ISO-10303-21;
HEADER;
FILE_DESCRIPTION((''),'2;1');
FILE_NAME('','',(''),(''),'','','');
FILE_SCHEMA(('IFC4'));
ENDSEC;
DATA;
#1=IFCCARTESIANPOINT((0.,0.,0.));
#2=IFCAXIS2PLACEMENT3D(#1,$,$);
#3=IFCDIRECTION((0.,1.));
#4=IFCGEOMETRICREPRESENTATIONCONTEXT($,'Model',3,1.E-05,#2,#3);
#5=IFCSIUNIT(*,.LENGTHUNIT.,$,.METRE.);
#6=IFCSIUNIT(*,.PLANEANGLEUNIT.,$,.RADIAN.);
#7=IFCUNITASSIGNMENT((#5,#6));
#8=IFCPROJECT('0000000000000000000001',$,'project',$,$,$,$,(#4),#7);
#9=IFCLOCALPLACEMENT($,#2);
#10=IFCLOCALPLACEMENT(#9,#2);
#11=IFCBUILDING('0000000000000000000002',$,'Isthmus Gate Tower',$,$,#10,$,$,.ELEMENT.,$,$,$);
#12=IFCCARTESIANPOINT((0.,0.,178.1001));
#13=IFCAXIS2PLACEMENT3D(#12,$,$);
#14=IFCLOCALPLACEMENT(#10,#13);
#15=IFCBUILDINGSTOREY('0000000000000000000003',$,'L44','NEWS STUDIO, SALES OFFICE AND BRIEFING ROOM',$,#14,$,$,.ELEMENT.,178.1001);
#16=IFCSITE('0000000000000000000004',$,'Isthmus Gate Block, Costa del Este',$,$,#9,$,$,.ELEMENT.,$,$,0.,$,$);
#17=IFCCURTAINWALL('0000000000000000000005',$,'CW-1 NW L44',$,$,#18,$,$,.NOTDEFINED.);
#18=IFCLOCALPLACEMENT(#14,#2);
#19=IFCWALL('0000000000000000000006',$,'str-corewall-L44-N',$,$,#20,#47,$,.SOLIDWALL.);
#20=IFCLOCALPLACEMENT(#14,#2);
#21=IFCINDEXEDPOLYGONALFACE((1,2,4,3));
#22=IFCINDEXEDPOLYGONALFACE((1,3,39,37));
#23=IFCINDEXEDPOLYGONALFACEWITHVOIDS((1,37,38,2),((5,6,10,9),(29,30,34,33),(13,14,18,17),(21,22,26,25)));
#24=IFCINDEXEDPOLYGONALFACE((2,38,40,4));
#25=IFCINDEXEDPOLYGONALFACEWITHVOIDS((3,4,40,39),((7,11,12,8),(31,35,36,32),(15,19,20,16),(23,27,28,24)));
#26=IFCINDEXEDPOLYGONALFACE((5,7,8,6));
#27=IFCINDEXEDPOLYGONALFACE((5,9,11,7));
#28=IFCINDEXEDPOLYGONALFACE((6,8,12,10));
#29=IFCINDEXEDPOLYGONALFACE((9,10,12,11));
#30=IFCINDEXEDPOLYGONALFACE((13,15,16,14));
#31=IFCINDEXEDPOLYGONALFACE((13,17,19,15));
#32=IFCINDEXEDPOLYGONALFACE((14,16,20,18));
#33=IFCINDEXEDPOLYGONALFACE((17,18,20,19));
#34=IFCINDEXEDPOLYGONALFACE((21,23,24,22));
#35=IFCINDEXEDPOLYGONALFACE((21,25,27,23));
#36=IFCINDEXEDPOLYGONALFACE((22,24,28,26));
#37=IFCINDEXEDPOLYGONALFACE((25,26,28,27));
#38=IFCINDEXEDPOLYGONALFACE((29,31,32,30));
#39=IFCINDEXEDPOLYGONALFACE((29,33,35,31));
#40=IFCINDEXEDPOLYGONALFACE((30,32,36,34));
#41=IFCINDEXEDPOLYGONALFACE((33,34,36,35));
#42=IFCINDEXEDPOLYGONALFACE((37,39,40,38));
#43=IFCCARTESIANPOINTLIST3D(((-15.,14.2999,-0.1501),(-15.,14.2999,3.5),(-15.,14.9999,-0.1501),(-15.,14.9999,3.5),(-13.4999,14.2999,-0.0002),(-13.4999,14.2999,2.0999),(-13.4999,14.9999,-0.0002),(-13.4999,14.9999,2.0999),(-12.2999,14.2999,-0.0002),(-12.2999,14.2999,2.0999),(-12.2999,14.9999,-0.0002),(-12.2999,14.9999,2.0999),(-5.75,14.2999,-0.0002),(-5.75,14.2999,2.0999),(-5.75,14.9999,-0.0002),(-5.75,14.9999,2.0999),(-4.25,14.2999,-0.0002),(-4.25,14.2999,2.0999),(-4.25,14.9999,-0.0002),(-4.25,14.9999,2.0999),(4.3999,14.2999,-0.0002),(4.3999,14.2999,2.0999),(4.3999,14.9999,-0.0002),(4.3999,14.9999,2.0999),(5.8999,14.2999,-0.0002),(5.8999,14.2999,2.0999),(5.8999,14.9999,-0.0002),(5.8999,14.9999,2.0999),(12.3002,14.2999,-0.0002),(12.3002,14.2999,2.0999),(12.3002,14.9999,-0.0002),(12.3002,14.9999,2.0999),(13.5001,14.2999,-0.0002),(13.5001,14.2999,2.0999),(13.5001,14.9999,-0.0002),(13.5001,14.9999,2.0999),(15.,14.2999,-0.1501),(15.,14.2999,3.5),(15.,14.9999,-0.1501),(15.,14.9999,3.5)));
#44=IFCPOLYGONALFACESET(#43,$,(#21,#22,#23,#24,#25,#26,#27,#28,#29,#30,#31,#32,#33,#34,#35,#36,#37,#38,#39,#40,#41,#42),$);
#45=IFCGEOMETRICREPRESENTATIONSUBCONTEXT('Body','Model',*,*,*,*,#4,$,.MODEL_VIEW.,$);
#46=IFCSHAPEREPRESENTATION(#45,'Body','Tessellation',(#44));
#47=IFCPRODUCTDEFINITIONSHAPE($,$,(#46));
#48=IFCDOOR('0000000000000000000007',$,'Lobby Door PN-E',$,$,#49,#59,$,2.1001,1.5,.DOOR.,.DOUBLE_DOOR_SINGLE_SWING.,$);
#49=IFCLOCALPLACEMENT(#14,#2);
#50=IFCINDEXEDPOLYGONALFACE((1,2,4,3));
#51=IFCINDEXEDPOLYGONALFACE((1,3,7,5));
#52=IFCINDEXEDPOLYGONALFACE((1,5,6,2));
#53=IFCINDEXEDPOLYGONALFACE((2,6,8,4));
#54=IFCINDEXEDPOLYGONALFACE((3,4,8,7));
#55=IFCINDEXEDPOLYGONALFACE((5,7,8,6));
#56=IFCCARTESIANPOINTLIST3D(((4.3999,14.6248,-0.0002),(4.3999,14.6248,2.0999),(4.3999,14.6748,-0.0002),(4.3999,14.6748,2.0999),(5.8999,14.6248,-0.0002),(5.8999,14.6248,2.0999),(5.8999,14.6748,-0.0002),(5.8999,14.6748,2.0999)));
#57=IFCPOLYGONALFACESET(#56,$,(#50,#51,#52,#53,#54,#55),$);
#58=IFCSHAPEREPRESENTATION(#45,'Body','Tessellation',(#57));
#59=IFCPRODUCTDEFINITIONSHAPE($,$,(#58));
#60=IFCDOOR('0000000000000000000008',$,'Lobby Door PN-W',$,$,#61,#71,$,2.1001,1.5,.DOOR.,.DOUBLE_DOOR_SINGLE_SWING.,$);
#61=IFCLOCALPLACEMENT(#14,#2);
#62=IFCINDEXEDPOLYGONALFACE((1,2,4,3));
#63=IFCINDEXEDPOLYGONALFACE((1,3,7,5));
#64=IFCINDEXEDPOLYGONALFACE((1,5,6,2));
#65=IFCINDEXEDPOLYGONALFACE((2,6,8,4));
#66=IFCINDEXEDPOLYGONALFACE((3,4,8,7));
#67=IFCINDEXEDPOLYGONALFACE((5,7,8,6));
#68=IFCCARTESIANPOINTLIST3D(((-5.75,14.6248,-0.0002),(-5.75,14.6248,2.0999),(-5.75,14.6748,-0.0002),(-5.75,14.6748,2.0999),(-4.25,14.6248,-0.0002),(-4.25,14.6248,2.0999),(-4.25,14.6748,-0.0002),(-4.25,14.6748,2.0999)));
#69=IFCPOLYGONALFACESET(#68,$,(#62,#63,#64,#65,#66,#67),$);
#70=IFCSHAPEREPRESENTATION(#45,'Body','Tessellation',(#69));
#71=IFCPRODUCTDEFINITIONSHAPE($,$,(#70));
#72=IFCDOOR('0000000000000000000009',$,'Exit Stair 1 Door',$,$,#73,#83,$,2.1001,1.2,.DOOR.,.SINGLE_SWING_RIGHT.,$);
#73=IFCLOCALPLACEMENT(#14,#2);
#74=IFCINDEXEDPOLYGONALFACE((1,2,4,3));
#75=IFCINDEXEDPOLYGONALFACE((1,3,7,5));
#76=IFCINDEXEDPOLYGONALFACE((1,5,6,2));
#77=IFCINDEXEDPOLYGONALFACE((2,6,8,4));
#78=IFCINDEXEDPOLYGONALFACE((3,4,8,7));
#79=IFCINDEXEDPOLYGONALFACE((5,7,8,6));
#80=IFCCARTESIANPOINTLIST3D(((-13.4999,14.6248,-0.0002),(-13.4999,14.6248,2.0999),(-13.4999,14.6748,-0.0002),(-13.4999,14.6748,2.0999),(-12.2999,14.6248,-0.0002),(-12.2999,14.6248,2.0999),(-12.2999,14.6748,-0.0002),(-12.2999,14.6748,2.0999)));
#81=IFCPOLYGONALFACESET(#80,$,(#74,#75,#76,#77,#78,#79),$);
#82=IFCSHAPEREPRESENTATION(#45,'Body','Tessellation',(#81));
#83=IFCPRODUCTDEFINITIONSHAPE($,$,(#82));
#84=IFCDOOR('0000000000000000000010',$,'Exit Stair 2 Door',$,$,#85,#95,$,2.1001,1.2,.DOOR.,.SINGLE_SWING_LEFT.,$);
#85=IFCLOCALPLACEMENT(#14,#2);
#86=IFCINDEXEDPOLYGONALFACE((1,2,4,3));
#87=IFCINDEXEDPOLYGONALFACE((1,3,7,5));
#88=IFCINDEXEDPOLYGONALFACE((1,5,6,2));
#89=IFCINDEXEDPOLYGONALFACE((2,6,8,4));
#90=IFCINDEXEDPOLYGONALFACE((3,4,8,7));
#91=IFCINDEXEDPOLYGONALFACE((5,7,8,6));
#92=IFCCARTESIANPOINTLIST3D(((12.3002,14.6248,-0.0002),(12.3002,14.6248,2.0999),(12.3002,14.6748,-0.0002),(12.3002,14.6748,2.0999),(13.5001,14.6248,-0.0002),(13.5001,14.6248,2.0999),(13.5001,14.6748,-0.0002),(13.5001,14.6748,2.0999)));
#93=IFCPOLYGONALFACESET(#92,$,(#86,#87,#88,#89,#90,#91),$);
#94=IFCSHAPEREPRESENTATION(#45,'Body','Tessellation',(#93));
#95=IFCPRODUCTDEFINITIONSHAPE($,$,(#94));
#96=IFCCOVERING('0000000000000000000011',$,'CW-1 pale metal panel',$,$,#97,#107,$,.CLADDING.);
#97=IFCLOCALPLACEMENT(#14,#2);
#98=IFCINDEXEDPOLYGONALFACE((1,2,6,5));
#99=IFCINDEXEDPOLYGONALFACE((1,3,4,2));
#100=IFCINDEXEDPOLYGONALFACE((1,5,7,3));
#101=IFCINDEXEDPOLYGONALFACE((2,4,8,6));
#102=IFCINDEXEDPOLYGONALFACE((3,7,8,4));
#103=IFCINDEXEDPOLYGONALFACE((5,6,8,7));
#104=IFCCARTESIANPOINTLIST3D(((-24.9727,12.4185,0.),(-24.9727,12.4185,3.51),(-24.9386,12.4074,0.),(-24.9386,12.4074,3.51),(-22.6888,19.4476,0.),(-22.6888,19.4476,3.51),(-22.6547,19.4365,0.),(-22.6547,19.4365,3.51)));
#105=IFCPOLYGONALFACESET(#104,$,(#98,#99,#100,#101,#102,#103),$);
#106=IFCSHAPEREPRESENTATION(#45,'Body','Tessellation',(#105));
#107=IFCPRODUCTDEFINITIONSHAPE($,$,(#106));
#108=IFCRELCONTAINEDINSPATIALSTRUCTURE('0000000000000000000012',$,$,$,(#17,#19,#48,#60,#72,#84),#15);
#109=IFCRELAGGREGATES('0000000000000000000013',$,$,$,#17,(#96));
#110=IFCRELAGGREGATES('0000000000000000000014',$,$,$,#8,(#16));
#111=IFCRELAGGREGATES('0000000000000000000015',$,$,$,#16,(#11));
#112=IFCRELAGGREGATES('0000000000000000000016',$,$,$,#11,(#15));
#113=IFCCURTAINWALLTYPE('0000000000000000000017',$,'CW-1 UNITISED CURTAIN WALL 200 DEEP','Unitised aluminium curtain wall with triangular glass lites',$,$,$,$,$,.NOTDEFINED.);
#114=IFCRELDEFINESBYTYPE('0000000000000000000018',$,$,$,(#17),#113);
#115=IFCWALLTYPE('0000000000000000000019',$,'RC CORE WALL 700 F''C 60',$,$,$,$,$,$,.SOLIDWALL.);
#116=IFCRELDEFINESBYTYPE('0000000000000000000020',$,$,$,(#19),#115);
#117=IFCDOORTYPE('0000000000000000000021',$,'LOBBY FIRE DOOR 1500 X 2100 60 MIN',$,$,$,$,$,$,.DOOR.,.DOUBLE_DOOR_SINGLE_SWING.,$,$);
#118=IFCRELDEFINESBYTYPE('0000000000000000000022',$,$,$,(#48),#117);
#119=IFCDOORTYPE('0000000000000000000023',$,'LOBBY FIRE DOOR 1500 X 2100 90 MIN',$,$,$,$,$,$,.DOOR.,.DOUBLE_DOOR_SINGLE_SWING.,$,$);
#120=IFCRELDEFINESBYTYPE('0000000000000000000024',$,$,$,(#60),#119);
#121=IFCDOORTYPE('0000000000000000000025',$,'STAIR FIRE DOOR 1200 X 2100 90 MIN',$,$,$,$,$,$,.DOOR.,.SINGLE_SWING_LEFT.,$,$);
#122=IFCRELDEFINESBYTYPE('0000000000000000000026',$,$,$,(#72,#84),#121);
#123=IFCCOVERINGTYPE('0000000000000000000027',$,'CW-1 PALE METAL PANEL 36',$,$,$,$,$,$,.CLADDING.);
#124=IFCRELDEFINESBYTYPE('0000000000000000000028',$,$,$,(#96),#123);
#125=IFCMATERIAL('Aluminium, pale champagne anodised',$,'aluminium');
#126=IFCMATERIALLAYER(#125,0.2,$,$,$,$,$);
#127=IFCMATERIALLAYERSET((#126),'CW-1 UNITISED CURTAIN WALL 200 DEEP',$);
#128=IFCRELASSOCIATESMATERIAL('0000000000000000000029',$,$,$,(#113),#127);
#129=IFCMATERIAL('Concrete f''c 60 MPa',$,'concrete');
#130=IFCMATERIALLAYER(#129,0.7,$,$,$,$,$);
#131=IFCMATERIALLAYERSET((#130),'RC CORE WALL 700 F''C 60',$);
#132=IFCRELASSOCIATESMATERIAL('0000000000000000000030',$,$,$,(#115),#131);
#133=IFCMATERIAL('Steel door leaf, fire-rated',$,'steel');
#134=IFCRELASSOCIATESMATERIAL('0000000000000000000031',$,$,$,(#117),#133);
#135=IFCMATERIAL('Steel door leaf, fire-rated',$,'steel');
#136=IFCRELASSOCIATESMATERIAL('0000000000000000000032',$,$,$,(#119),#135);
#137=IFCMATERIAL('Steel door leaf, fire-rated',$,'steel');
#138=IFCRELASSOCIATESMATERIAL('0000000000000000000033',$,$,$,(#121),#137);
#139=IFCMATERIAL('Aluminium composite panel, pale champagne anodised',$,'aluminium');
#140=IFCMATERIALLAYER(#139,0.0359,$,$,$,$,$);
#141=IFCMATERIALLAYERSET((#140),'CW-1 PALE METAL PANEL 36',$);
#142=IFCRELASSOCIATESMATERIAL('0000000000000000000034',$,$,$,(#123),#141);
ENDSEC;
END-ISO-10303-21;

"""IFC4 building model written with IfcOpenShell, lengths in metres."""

from ifc_helpers import new_model, si_unit, direction, frame, frame_2d, origin, origin_2d, place, context, subcontext, project, spatial, rectangle, extrude, material, layer, layer_set, type_object, element, fill, aggregate, save


model = new_model("IFC4")

# Units and contexts
model_context = context("Model", 3, precision=1e-05, world=origin(), true_north=direction((0.0, 1.0)))
body_context = subcontext(model_context, "Body", "Model", "MODEL_VIEW")
ifc_project = project(units=[si_unit("LENGTHUNIT", "METRE"), si_unit("PLANEANGLEUNIT", "RADIAN")], contexts=[model_context])

# Site, building, storey
site_placement = place(None, origin())
site = spatial("IfcSite", under=ifc_project, at=site_placement, Name="Isthmus Gate Block, Costa del Este", CompositionType="ELEMENT", RefElevation=0.0)
building_placement = place(site_placement, origin())
building = spatial("IfcBuilding", under=site, at=building_placement, Name="Isthmus Gate Tower", CompositionType="ELEMENT")
storey_placement = place(building_placement, frame((0.0, 0.0, 178.1001)))
storey = spatial("IfcBuildingStorey", under=building, at=storey_placement, Name="L44", Description="NEWS STUDIO, SALES OFFICE AND BRIEFING ROOM", CompositionType="ELEMENT", Elevation=178.1001)

# Curtain wall
ifc_material_1 = material(Name="Aluminium, pale champagne anodised", Category="aluminium")
ifc_layer_1 = layer(ifc_material_1, 0.2)
ifc_layer_set_1 = layer_set([ifc_layer_1], Name="CW-1 UNITISED CURTAIN WALL 200 DEEP")
curtain_wall_type = type_object("IfcCurtainWallType", Name="CW-1 UNITISED CURTAIN WALL 200 DEEP", Description="Unitised aluminium curtain wall with triangular glass lites", PredefinedType="NOTDEFINED", material=ifc_layer_set_1)
curtain_wall_1_placement = place(storey_placement, origin())
curtain_wall_1 = element("IfcCurtainWall", 1, at=curtain_wall_1_placement, inside=storey, type_object=curtain_wall_type, Name="CW-1 NW L44", PredefinedType="NOTDEFINED")

# Wall, openings, doors
ifc_material_2 = material(Name="Concrete f'c 60 MPa", Category="concrete")
ifc_layer_2 = layer(ifc_material_2, 0.7)
ifc_layer_set_2 = layer_set([ifc_layer_2], Name="RC CORE WALL 700 F'C 60")
wall_type_1 = type_object("IfcWallType", Name="RC CORE WALL 700 F'C 60", PredefinedType="SOLIDWALL", material=ifc_layer_set_2)
wall_1_placement = place(storey_placement, frame((-15.0, 14.6499, -0.1501), z_axis=(0.0, 0.0, 1.0), x_axis=(1.0, 0.0, 0.0)))
wall_1 = element("IfcWall", 2, at=wall_1_placement, inside=storey, type_object=wall_type_1, Name="str-corewall-L44-N", PredefinedType="SOLIDWALL", context=body_context, shape_type="SweptSolid", body=[
    extrude(rectangle(XDim=30.0, YDim=0.7, at=frame_2d((15.0, 0.0))), origin(), (0.0, 0.0, 1.0), 3.6501),
])
opening_1_placement = place(wall_1_placement, frame((9.25, 0.0, 0.1499)))
opening_1 = element("IfcOpeningElement", 3, at=opening_1_placement, cuts=wall_1, PredefinedType="OPENING", context=body_context, shape_type="SweptSolid", body=[
    extrude(rectangle(XDim=1.5, YDim=2.1001, at=frame_2d((0.75, 1.05))), frame((0.0, 0.3599, 0.0), z_axis=(0.0, -1.0, 0.0), x_axis=(1.0, 0.0, 0.0)), (0.0, 0.0, 1.0), 0.72),
])
opening_2_placement = place(wall_1_placement, frame((19.3999, 0.0, 0.1499)))
opening_2 = element("IfcOpeningElement", 4, at=opening_2_placement, cuts=wall_1, PredefinedType="OPENING", context=body_context, shape_type="SweptSolid", body=[
    extrude(rectangle(XDim=1.5, YDim=2.1001, at=frame_2d((0.75, 1.05))), frame((0.0, 0.3599, 0.0), z_axis=(0.0, -1.0, 0.0), x_axis=(1.0, 0.0, 0.0)), (0.0, 0.0, 1.0), 0.72),
])
opening_3_placement = place(wall_1_placement, frame((1.5, 0.0, 0.1499)))
opening_3 = element("IfcOpeningElement", 5, at=opening_3_placement, cuts=wall_1, PredefinedType="OPENING", context=body_context, shape_type="SweptSolid", body=[
    extrude(rectangle(XDim=1.2, YDim=2.1001, at=frame_2d((0.6001, 1.05))), frame((0.0, 0.3599, 0.0), z_axis=(0.0, -1.0, 0.0), x_axis=(1.0, 0.0, 0.0)), (0.0, 0.0, 1.0), 0.72),
])
opening_4_placement = place(wall_1_placement, frame((27.3, 0.0, 0.1499)))
opening_4 = element("IfcOpeningElement", 6, at=opening_4_placement, cuts=wall_1, PredefinedType="OPENING", context=body_context, shape_type="SweptSolid", body=[
    extrude(rectangle(XDim=1.2, YDim=2.1001, at=frame_2d((0.6001, 1.05))), frame((0.0, 0.3599, 0.0), z_axis=(0.0, -1.0, 0.0), x_axis=(1.0, 0.0, 0.0)), (0.0, 0.0, 1.0), 0.72),
])
ifc_material_3 = material(Name="Steel door leaf, fire-rated", Category="steel")
door_type_1 = type_object("IfcDoorType", Name="LOBBY FIRE DOOR 1500 X 2100 60 MIN", OperationType="DOUBLE_DOOR_SINGLE_SWING", PredefinedType="DOOR", material=ifc_material_3)
door_1_placement = place(opening_2_placement, origin())
door_1 = element("IfcDoor", 7, at=door_1_placement, inside=storey, type_object=door_type_1, Name="Lobby Door PN-E", OperationType="DOUBLE_DOOR_SINGLE_SWING", OverallHeight=2.1001, OverallWidth=1.5, PredefinedType="DOOR", context=body_context, shape_type="SweptSolid", body=[
    extrude(rectangle(XDim=1.5, YDim=2.1001, at=frame_2d((0.75, 1.05))), frame((0.0, 0.0249, 0.0), z_axis=(0.0, -1.0, 0.0), x_axis=(1.0, 0.0, 0.0)), (0.0, 0.0, 1.0), 0.05),
])
fill(opening_2, door_1)
ifc_material_4 = material(Name="Steel door leaf, fire-rated", Category="steel")
door_type_2 = type_object("IfcDoorType", Name="LOBBY FIRE DOOR 1500 X 2100 90 MIN", OperationType="DOUBLE_DOOR_SINGLE_SWING", PredefinedType="DOOR", material=ifc_material_4)
door_2_placement = place(opening_1_placement, origin())
door_2 = element("IfcDoor", 8, at=door_2_placement, inside=storey, type_object=door_type_2, Name="Lobby Door PN-W", OperationType="DOUBLE_DOOR_SINGLE_SWING", OverallHeight=2.1001, OverallWidth=1.5, PredefinedType="DOOR", context=body_context, shape_type="SweptSolid", body=[
    extrude(rectangle(XDim=1.5, YDim=2.1001, at=frame_2d((0.75, 1.05))), frame((0.0, 0.0249, 0.0), z_axis=(0.0, -1.0, 0.0), x_axis=(1.0, 0.0, 0.0)), (0.0, 0.0, 1.0), 0.05),
])
fill(opening_1, door_2)
ifc_material_5 = material(Name="Steel door leaf, fire-rated", Category="steel")
door_type_3 = type_object("IfcDoorType", Name="STAIR FIRE DOOR 1200 X 2100 90 MIN", OperationType="SINGLE_SWING_LEFT", PredefinedType="DOOR", material=ifc_material_5)
door_3_placement = place(opening_3_placement, origin())
door_3 = element("IfcDoor", 9, at=door_3_placement, inside=storey, type_object=door_type_3, Name="Exit Stair 1 Door", OperationType="SINGLE_SWING_RIGHT", OverallHeight=2.1001, OverallWidth=1.2, PredefinedType="DOOR", context=body_context, shape_type="SweptSolid", body=[
    extrude(rectangle(XDim=1.2, YDim=2.1001, at=frame_2d((0.6001, 1.05))), frame((0.0, 0.0249, 0.0), z_axis=(0.0, -1.0, 0.0), x_axis=(1.0, 0.0, 0.0)), (0.0, 0.0, 1.0), 0.05),
])
fill(opening_3, door_3)
door_4_placement = place(opening_4_placement, origin())
door_4 = element("IfcDoor", 10, at=door_4_placement, inside=storey, type_object=door_type_3, Name="Exit Stair 2 Door", OperationType="SINGLE_SWING_LEFT", OverallHeight=2.1001, OverallWidth=1.2, PredefinedType="DOOR", context=body_context, shape_type="SweptSolid", body=[
    extrude(rectangle(XDim=1.2, YDim=2.1001, at=frame_2d((0.6001, 1.05))), frame((0.0, 0.0249, 0.0), z_axis=(0.0, -1.0, 0.0), x_axis=(1.0, 0.0, 0.0)), (0.0, 0.0, 1.0), 0.05),
])
fill(opening_4, door_4)

# Covering
ifc_material_6 = material(Name="Aluminium composite panel, pale champagne anodised", Category="aluminium")
ifc_layer_3 = layer(ifc_material_6, 0.0359)
ifc_layer_set_3 = layer_set([ifc_layer_3], Name="CW-1 PALE METAL PANEL 36")
covering_type = type_object("IfcCoveringType", Name="CW-1 PALE METAL PANEL 36", PredefinedType="CLADDING", material=ifc_layer_set_3)
covering_placement = place(storey_placement, frame((-23.8137, 15.9275, 0.0), z_axis=(0.0, 0.0, 1.0), x_axis=(-0.309017, -0.951057, 0.0)))
covering = element("IfcCovering", 11, at=covering_placement, type_object=covering_type, Name="CW-1 pale metal panel", PredefinedType="CLADDING", context=body_context, shape_type="SweptSolid", body=[
    extrude(rectangle(XDim=7.3909, YDim=0.0359, at=origin_2d()), origin(), (0.0, 0.0, 1.0), 3.51),
])
aggregate(curtain_wall_1, [covering])

save(model, "model.ifc")
